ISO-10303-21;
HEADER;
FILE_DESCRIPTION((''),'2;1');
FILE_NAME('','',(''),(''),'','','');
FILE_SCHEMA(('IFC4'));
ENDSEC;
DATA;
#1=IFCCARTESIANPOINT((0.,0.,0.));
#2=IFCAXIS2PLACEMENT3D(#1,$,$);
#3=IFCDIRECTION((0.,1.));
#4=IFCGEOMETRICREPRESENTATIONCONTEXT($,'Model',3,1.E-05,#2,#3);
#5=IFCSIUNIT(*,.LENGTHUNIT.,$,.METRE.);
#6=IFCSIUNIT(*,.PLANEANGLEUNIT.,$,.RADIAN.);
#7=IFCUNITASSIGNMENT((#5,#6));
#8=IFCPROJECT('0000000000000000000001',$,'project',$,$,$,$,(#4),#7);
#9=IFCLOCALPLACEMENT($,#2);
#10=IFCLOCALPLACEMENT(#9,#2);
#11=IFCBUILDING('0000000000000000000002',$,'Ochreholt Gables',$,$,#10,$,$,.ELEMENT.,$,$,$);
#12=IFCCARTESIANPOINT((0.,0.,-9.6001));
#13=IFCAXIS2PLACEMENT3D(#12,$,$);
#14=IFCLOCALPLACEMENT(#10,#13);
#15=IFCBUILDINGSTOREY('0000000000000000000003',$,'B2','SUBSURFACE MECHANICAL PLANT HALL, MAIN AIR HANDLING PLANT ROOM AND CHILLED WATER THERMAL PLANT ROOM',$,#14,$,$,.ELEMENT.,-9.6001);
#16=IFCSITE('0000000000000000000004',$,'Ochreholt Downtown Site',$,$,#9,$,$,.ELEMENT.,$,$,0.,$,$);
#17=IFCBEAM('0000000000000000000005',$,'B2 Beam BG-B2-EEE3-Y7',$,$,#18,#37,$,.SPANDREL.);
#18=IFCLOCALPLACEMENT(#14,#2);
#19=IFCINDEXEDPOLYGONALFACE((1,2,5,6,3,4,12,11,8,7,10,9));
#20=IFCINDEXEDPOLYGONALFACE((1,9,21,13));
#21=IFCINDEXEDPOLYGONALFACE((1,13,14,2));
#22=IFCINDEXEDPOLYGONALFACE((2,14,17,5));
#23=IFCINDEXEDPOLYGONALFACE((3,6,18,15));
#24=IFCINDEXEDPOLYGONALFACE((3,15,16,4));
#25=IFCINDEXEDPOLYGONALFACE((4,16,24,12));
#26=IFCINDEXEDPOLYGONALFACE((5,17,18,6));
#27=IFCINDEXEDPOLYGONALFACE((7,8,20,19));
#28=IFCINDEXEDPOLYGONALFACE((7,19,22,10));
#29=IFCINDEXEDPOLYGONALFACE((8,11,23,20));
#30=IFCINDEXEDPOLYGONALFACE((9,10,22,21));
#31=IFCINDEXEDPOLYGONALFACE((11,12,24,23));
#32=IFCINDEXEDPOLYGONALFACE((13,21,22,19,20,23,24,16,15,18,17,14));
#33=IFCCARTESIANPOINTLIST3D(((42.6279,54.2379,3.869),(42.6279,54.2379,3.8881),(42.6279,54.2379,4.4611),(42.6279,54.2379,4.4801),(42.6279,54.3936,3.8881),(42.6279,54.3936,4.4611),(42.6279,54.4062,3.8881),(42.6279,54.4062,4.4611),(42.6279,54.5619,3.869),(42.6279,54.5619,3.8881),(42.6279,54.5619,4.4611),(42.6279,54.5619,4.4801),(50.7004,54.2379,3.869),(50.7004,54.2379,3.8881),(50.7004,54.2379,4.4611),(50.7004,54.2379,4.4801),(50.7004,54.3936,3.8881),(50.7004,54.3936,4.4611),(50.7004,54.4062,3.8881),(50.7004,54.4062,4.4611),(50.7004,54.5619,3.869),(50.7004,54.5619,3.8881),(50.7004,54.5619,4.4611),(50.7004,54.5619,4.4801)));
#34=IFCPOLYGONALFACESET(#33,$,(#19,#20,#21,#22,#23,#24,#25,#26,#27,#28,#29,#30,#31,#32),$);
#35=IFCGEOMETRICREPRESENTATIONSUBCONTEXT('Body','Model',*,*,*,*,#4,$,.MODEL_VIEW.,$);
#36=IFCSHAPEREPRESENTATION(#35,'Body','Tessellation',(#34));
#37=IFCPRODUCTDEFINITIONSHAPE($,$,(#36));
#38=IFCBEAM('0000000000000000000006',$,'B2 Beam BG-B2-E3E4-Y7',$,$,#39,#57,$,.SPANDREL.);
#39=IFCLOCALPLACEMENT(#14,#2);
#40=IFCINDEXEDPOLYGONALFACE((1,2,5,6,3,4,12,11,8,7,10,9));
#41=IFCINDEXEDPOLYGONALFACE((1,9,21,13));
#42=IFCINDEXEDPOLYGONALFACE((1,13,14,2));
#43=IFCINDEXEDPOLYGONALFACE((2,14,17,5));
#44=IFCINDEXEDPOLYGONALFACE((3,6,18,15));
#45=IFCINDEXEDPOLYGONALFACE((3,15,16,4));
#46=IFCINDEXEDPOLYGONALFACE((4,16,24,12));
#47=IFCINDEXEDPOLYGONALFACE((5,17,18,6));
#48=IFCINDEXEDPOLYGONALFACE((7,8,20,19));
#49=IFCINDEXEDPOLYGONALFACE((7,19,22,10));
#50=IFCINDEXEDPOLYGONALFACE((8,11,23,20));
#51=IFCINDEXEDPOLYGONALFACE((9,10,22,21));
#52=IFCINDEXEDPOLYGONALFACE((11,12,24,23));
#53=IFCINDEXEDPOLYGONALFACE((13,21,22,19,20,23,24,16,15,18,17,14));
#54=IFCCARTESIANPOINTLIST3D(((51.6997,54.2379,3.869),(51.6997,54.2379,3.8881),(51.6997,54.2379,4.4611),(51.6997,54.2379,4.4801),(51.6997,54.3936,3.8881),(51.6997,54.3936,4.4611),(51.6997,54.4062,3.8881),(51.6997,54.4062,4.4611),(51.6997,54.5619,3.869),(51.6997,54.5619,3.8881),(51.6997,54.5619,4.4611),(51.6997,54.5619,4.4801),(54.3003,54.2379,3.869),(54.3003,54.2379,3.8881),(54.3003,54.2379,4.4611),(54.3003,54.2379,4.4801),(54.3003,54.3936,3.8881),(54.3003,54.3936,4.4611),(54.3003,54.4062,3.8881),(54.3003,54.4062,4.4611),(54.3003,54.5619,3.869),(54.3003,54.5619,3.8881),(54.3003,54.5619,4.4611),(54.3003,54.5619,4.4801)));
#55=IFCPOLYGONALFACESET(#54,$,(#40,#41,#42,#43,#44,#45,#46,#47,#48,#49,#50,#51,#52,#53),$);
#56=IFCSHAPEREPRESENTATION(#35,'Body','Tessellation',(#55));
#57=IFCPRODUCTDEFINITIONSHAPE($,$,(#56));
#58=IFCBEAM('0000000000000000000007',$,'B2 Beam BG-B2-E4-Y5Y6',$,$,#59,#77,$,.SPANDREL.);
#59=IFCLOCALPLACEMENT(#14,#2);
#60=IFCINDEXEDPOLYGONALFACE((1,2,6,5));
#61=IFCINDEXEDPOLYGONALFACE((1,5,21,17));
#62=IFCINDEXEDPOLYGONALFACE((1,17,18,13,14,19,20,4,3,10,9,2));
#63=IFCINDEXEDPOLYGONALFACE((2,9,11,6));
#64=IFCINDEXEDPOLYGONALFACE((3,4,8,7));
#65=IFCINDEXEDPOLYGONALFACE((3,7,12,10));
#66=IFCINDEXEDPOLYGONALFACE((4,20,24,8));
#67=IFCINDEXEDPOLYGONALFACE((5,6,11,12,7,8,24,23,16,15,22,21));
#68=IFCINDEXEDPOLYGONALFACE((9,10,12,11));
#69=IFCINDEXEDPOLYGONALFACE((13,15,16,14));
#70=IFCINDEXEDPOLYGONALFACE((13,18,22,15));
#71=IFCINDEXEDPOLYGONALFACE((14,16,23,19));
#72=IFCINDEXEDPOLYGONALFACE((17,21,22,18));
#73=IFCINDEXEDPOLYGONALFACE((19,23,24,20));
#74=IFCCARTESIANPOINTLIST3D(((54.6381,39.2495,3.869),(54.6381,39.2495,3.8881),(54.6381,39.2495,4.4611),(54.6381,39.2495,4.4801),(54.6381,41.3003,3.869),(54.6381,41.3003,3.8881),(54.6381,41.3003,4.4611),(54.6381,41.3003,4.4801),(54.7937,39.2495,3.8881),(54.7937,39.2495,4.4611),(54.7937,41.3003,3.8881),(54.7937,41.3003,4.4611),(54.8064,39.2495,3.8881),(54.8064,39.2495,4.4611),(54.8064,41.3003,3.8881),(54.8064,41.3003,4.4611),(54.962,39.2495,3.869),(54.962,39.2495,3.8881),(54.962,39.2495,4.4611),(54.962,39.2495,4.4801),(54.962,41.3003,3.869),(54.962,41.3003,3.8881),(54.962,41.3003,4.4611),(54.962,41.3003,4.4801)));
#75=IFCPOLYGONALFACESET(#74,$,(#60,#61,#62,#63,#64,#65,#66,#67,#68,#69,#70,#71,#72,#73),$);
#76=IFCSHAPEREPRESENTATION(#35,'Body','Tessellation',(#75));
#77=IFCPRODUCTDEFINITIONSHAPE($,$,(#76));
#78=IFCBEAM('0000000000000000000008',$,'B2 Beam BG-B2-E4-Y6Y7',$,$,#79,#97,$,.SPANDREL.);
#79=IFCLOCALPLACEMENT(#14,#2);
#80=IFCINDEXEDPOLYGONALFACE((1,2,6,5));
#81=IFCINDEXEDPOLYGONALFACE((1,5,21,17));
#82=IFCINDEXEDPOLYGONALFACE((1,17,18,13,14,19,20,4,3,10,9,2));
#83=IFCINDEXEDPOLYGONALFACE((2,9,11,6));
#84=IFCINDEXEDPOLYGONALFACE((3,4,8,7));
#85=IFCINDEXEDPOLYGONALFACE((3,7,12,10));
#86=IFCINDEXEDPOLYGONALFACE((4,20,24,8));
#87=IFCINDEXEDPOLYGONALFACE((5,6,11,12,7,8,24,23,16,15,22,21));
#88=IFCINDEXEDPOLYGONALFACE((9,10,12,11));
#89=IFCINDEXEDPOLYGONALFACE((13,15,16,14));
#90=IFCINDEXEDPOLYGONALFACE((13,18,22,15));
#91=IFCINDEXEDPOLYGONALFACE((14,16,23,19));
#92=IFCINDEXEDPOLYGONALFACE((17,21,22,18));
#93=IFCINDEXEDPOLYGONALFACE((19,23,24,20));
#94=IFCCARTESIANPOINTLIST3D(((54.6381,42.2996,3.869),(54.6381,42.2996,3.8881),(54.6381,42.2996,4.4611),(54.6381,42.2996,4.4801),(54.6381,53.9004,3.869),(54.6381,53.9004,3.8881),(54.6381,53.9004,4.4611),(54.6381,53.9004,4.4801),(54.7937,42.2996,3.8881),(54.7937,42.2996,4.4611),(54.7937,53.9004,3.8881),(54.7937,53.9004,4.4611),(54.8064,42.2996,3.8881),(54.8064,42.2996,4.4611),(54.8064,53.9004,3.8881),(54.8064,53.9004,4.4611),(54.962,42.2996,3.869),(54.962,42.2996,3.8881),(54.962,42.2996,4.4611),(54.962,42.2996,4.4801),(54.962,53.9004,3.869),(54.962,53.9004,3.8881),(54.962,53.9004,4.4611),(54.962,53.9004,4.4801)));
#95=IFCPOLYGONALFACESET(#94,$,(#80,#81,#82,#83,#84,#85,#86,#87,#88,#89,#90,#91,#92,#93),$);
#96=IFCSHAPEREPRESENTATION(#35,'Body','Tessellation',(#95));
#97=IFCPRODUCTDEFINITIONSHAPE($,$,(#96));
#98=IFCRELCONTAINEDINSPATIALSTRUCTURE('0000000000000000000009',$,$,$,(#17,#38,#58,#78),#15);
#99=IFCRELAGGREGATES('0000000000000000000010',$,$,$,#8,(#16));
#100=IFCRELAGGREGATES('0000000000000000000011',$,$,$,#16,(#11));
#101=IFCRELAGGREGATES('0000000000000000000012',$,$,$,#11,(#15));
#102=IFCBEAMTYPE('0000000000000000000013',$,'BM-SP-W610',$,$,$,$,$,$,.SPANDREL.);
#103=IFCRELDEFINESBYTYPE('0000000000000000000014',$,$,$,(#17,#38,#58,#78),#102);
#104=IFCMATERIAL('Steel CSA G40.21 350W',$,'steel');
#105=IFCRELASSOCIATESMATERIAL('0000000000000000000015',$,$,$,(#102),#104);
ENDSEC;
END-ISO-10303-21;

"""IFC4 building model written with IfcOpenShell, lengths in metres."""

from ifc_helpers import new_model, si_unit, direction, frame, origin, origin_2d, place, context, subcontext, project, spatial, i_section, extrude, material, material_profile, profile_set, type_object, element, save


model = new_model("IFC4")

# Units and contexts
model_context = context("Model", 3, precision=1e-05, world=origin(), true_north=direction((0.0, 1.0)))
body_context = subcontext(model_context, "Body", "Model", "MODEL_VIEW")
ifc_project = project(units=[si_unit("LENGTHUNIT", "METRE"), si_unit("PLANEANGLEUNIT", "RADIAN")], contexts=[model_context])

# Site, building, storey
site_placement = place(None, origin())
site = spatial("IfcSite", under=ifc_project, at=site_placement, Name="Ochreholt Downtown Site", CompositionType="ELEMENT", RefElevation=0.0)
building_placement = place(site_placement, origin())
building = spatial("IfcBuilding", under=site, at=building_placement, Name="Ochreholt Gables", CompositionType="ELEMENT")
storey_placement = place(building_placement, frame((0.0, 0.0, -9.6001)))
storey = spatial("IfcBuildingStorey", under=building, at=storey_placement, Name="B2", Description="SUBSURFACE MECHANICAL PLANT HALL, MAIN AIR HANDLING PLANT ROOM AND CHILLED WATER THERMAL PLANT ROOM", CompositionType="ELEMENT", Elevation=-9.6001)

# Beams
ifc_material_1 = material(Name="Steel CSA G40.21 350W", Category="steel")
ifc_material_profile_1 = material_profile(ifc_material_1, i_section(OverallWidth=0.324, OverallDepth=0.6111, WebThickness=0.0127, FlangeThickness=0.019, at=origin_2d()), Name="W610X155")
ifc_profile_set_1 = profile_set([ifc_material_profile_1], Name="Steel CSA G40.21 350W")
beam_type_1 = type_object("IfcBeamType", Name="BM-SP-W610", PredefinedType="SPANDREL", material=ifc_profile_set_1)
beam_1_placement = place(storey_placement, frame((42.6279, 54.3999, 4.1746), z_axis=(1.0, 0.0, 0.0), x_axis=(0.0, 1.0, 0.0)))
element("IfcBeam", 1, at=beam_1_placement, inside=storey, type_object=beam_type_1, Name="B2 Beam BG-B2-EEE3-Y7", PredefinedType="SPANDREL", context=body_context, shape_type="SweptSolid", body=[
    extrude(i_section(OverallWidth=0.324, OverallDepth=0.6111, WebThickness=0.0127, FlangeThickness=0.019, at=origin_2d()), origin(), (0.0, 0.0, 1.0), 8.0725),
])
beam_2_placement = place(storey_placement, frame((51.6997, 54.3999, 4.1746), z_axis=(1.0, 0.0, 0.0), x_axis=(0.0, 1.0, 0.0)))
element("IfcBeam", 2, at=beam_2_placement, inside=storey, type_object=beam_type_1, Name="B2 Beam BG-B2-E3E4-Y7", PredefinedType="SPANDREL", context=body_context, shape_type="SweptSolid", body=[
    extrude(i_section(OverallWidth=0.324, OverallDepth=0.6111, WebThickness=0.0127, FlangeThickness=0.019, at=origin_2d()), origin(), (0.0, 0.0, 1.0), 2.6006),
])
beam_3_placement = place(storey_placement, frame((54.8, 39.2495, 4.1746), z_axis=(0.0, 1.0, 0.0), x_axis=(-1.0, 0.0, 0.0)))
element("IfcBeam", 3, at=beam_3_placement, inside=storey, type_object=beam_type_1, Name="B2 Beam BG-B2-E4-Y5Y6", PredefinedType="SPANDREL", context=body_context, shape_type="SweptSolid", body=[
    extrude(i_section(OverallWidth=0.324, OverallDepth=0.6111, WebThickness=0.0127, FlangeThickness=0.019, at=origin_2d()), origin(), (0.0, 0.0, 1.0), 2.0508),
])
beam_4_placement = place(storey_placement, frame((54.8, 42.2996, 4.1746), z_axis=(0.0, 1.0, 0.0), x_axis=(-1.0, 0.0, 0.0)))
element("IfcBeam", 4, at=beam_4_placement, inside=storey, type_object=beam_type_1, Name="B2 Beam BG-B2-E4-Y6Y7", PredefinedType="SPANDREL", context=body_context, shape_type="SweptSolid", body=[
    extrude(i_section(OverallWidth=0.324, OverallDepth=0.6111, WebThickness=0.0127, FlangeThickness=0.019, at=origin_2d()), origin(), (0.0, 0.0, 1.0), 11.6008),
])

save(model, "model.ifc")
